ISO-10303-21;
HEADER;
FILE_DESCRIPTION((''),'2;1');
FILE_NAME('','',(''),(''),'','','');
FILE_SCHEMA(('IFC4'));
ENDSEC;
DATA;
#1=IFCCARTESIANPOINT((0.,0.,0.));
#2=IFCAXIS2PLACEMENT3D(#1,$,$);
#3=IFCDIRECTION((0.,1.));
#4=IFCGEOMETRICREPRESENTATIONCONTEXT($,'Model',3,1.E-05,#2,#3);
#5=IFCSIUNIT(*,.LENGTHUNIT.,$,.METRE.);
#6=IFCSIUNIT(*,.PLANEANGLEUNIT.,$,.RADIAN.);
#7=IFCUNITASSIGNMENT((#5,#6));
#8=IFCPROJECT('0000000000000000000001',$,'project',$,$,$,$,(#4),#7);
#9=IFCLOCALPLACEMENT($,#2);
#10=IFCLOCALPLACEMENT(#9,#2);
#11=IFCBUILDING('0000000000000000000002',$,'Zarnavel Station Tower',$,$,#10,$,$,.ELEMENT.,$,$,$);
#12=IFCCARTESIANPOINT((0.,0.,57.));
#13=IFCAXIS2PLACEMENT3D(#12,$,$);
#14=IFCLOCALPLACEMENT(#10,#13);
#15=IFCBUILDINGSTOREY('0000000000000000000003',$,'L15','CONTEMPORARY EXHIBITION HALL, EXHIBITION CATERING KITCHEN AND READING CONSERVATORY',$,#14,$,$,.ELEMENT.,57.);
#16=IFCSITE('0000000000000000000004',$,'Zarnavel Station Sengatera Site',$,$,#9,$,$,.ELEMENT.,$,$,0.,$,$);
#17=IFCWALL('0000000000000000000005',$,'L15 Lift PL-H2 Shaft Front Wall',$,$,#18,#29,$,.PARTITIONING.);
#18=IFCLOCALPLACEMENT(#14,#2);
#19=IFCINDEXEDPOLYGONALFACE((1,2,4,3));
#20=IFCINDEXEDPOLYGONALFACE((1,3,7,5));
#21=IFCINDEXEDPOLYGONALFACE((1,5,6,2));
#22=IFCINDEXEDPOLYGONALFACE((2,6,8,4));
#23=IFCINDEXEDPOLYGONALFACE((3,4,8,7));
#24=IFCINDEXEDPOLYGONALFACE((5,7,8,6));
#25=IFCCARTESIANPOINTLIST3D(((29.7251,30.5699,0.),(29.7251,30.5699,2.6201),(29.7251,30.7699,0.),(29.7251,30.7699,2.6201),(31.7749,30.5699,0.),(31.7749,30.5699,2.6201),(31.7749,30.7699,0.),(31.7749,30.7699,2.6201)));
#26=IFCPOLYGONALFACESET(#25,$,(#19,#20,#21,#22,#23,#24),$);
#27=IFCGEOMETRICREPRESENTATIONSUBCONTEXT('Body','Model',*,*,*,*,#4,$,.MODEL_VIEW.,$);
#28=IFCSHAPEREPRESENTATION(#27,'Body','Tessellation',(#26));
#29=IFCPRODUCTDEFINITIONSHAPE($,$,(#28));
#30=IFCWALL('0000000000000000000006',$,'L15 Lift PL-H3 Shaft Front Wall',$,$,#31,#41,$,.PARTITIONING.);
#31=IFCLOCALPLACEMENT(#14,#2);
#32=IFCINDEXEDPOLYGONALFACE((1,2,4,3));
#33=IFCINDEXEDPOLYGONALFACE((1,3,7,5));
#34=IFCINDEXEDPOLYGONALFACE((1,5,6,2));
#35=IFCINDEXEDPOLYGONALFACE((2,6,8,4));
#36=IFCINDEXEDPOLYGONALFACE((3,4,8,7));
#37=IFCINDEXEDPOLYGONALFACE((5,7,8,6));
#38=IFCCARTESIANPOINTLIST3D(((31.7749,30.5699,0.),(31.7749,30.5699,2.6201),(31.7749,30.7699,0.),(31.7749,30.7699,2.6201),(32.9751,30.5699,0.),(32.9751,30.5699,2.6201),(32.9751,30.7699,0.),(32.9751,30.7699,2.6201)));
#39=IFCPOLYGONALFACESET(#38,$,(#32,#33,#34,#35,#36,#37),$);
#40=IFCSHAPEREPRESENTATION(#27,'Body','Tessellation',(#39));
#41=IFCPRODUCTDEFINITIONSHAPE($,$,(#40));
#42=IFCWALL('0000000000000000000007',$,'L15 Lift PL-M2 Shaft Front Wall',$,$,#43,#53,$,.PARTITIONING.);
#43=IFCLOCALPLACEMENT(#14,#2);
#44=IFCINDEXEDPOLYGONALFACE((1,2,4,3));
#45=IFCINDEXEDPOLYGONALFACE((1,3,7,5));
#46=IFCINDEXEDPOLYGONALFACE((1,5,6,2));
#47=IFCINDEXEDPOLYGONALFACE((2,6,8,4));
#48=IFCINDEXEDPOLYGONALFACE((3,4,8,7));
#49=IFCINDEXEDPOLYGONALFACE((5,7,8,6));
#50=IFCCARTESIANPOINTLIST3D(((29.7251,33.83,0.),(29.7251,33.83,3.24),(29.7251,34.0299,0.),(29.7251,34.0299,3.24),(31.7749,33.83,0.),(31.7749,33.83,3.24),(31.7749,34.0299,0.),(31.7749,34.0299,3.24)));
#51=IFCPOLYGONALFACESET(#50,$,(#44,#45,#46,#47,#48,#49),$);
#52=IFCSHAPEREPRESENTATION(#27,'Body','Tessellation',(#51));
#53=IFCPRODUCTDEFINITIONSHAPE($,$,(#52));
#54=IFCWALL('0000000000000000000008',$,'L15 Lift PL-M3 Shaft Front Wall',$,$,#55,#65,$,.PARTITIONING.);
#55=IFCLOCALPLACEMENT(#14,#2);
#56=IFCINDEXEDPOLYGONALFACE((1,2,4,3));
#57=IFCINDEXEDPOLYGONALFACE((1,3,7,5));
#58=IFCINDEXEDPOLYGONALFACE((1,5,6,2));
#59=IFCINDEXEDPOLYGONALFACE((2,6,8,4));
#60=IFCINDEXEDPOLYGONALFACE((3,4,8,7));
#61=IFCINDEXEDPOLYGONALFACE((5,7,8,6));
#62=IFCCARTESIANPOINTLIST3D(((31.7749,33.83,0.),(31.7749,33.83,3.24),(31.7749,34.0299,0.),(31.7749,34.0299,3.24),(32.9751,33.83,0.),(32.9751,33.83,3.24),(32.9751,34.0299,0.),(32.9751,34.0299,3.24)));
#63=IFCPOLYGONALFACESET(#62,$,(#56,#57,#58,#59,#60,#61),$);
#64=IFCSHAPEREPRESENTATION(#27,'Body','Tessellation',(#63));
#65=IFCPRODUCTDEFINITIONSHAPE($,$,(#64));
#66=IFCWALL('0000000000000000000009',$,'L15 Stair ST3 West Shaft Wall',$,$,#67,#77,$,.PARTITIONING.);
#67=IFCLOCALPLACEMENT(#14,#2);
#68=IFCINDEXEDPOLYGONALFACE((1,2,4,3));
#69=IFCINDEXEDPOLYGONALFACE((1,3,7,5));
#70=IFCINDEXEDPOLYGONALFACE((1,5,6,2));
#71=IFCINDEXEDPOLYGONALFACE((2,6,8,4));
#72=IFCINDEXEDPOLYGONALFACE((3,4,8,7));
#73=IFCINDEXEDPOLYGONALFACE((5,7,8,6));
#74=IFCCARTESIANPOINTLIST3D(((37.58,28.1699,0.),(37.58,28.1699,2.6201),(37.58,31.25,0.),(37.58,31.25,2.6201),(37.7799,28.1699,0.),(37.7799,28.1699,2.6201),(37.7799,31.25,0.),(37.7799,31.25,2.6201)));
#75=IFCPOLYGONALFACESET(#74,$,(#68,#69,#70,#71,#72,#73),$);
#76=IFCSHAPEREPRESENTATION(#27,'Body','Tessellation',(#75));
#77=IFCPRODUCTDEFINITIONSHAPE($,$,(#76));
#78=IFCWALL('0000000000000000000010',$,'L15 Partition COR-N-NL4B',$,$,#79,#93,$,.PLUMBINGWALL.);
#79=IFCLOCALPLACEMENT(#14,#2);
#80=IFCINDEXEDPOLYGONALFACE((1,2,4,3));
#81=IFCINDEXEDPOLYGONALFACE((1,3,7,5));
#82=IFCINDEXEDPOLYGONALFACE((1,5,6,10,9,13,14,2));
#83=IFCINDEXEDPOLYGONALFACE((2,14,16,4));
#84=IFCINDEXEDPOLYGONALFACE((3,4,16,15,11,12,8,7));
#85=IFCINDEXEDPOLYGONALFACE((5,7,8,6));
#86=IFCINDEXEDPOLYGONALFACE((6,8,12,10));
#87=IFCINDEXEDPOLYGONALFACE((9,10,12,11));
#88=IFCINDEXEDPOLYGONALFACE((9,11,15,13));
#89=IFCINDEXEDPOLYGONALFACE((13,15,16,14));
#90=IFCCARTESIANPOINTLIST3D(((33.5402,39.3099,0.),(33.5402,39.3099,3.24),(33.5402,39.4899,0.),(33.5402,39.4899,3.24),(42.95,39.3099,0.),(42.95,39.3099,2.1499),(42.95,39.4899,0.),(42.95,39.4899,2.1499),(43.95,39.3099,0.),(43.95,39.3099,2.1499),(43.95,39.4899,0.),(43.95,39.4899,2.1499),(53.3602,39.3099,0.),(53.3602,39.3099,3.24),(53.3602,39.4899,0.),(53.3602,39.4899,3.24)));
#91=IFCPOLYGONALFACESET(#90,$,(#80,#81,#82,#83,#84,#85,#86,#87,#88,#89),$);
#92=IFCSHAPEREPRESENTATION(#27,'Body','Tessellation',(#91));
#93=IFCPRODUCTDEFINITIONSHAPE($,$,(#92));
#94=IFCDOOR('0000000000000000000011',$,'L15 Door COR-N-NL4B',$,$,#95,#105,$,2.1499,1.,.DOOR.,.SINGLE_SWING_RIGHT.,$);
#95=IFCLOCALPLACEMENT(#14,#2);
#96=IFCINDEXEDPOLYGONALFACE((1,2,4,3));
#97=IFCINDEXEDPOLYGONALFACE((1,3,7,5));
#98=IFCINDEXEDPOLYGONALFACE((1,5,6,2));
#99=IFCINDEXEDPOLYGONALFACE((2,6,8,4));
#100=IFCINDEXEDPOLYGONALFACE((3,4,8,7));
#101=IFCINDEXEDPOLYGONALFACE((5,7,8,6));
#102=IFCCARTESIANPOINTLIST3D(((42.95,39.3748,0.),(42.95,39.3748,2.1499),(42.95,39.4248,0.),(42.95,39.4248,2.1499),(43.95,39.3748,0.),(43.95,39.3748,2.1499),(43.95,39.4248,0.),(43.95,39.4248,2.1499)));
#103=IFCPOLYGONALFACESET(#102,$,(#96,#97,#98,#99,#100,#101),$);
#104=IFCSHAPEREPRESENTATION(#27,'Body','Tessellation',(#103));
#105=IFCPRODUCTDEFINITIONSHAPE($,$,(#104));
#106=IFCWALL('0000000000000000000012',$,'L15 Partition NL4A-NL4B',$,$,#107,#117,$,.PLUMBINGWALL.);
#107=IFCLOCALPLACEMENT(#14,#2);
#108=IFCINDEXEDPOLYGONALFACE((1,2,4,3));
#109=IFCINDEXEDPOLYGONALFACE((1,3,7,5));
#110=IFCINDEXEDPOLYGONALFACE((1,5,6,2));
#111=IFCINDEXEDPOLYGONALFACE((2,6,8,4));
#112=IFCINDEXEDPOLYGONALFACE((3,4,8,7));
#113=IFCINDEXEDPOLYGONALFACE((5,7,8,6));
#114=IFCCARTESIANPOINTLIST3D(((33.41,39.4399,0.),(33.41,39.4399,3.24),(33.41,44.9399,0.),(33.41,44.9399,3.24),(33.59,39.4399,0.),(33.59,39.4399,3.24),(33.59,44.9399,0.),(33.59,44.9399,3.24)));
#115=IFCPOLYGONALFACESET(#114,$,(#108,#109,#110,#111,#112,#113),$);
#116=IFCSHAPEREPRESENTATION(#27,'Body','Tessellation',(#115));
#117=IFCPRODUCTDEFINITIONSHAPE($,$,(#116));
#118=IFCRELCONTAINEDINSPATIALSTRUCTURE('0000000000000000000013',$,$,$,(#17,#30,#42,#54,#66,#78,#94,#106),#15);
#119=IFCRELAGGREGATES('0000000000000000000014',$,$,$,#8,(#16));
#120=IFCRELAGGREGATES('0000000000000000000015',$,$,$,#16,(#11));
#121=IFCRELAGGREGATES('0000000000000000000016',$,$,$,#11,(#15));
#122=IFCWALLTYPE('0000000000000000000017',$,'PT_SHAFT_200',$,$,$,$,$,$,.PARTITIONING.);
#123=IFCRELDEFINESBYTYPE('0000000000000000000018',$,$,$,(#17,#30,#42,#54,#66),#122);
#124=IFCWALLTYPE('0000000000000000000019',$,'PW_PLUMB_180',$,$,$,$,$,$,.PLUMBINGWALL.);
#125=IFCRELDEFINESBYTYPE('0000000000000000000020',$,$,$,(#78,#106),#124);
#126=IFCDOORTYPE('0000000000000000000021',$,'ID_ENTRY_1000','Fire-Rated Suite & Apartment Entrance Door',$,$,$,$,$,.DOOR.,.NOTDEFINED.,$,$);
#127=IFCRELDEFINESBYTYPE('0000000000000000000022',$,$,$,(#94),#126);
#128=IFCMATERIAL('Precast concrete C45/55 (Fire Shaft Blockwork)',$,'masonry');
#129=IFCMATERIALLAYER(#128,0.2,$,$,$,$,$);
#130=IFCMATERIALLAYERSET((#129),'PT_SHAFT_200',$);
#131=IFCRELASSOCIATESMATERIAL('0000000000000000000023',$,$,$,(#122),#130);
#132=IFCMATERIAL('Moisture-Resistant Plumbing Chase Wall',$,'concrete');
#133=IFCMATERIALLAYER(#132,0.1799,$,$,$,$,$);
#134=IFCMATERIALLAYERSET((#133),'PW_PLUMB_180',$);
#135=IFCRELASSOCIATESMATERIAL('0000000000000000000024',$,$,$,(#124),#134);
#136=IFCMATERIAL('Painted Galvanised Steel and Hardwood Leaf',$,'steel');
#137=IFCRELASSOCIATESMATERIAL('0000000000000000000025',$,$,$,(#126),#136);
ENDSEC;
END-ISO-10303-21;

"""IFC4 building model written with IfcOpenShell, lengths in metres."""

from ifc_helpers import new_model, si_unit, direction, frame, frame_2d, origin, place, context, subcontext, project, spatial, rectangle, extrude, material, layer, layer_set, type_object, element, fill, save


model = new_model("IFC4")

# Units and contexts
model_context = context("Model", 3, precision=1e-05, world=origin(), true_north=direction((0.0, 1.0)))
body_context = subcontext(model_context, "Body", "Model", "MODEL_VIEW")
ifc_project = project(units=[si_unit("LENGTHUNIT", "METRE"), si_unit("PLANEANGLEUNIT", "RADIAN")], contexts=[model_context])

# Site, building, storey
site_placement = place(None, origin())
site = spatial("IfcSite", under=ifc_project, at=site_placement, Name="Zarnavel Station Sengatera Site", CompositionType="ELEMENT", RefElevation=0.0)
building_placement = place(site_placement, origin())
building = spatial("IfcBuilding", under=site, at=building_placement, Name="Zarnavel Station Tower", CompositionType="ELEMENT")
storey_placement = place(building_placement, frame((0.0, 0.0, 57.0)))
storey = spatial("IfcBuildingStorey", under=building, at=storey_placement, Name="L15", Description="CONTEMPORARY EXHIBITION HALL, EXHIBITION CATERING KITCHEN AND READING CONSERVATORY", CompositionType="ELEMENT", Elevation=57.0)

# Shared definitions
ifc_material_1 = material(Name="Precast concrete C45/55 (Fire Shaft Blockwork)", Category="masonry")
ifc_layer_1 = layer(ifc_material_1, 0.2)
ifc_layer_set_1 = layer_set([ifc_layer_1], Name="PT_SHAFT_200")
wall_type_1 = type_object("IfcWallType", Name="PT_SHAFT_200", PredefinedType="PARTITIONING", material=ifc_layer_set_1)

# Walls
wall_1_placement = place(storey_placement, frame((29.7251, 30.6699, 0.0), z_axis=(0.0, 0.0, 1.0), x_axis=(1.0, 0.0, 0.0)))
element("IfcWall", 1, at=wall_1_placement, inside=storey, type_object=wall_type_1, Name="L15 Lift PL-H2 Shaft Front Wall", PredefinedType="PARTITIONING", context=body_context, shape_type="SweptSolid", body=[
    extrude(rectangle(XDim=2.0498, YDim=0.2, at=frame_2d((1.0249, 0.0))), origin(), (0.0, 0.0, 1.0), 2.6201),
])
wall_2_placement = place(storey_placement, frame((31.7749, 30.6699, 0.0), z_axis=(0.0, 0.0, 1.0), x_axis=(1.0, 0.0, 0.0)))
element("IfcWall", 2, at=wall_2_placement, inside=storey, type_object=wall_type_1, Name="L15 Lift PL-H3 Shaft Front Wall", PredefinedType="PARTITIONING", context=body_context, shape_type="SweptSolid", body=[
    extrude(rectangle(XDim=1.2002, YDim=0.2, at=frame_2d((0.6001, 0.0))), origin(), (0.0, 0.0, 1.0), 2.6201),
])
wall_3_placement = place(storey_placement, frame((29.7251, 33.9299, 0.0), z_axis=(0.0, 0.0, 1.0), x_axis=(1.0, 0.0, 0.0)))
element("IfcWall", 3, at=wall_3_placement, inside=storey, type_object=wall_type_1, Name="L15 Lift PL-M2 Shaft Front Wall", PredefinedType="PARTITIONING", context=body_context, shape_type="SweptSolid", body=[
    extrude(rectangle(XDim=2.0498, YDim=0.2, at=frame_2d((1.0249, 0.0))), origin(), (0.0, 0.0, 1.0), 3.24),
])
wall_4_placement = place(storey_placement, frame((31.7749, 33.9299, 0.0), z_axis=(0.0, 0.0, 1.0), x_axis=(1.0, 0.0, 0.0)))
element("IfcWall", 4, at=wall_4_placement, inside=storey, type_object=wall_type_1, Name="L15 Lift PL-M3 Shaft Front Wall", PredefinedType="PARTITIONING", context=body_context, shape_type="SweptSolid", body=[
    extrude(rectangle(XDim=1.2002, YDim=0.2, at=frame_2d((0.6001, 0.0))), origin(), (0.0, 0.0, 1.0), 3.24),
])
wall_5_placement = place(storey_placement, frame((37.6799, 28.1699, 0.0), z_axis=(0.0, 0.0, 1.0), x_axis=(0.0, 1.0, 0.0)))
element("IfcWall", 5, at=wall_5_placement, inside=storey, type_object=wall_type_1, Name="L15 Stair ST3 West Shaft Wall", PredefinedType="PARTITIONING", context=body_context, shape_type="SweptSolid", body=[
    extrude(rectangle(XDim=3.0801, YDim=0.2, at=frame_2d((1.54, 0.0))), origin(), (0.0, 0.0, 1.0), 2.6201),
])

# Wall, opening, door
ifc_material_2 = material(Name="Moisture-Resistant Plumbing Chase Wall", Category="concrete")
ifc_layer_2 = layer(ifc_material_2, 0.1799)
ifc_layer_set_2 = layer_set([ifc_layer_2], Name="PW_PLUMB_180")
wall_type_2 = type_object("IfcWallType", Name="PW_PLUMB_180", PredefinedType="PLUMBINGWALL", material=ifc_layer_set_2)
wall_6_placement = place(storey_placement, frame((33.54, 39.3999, 0.0), z_axis=(0.0, 0.0, 1.0), x_axis=(1.0, 0.0, 0.0)))
wall_6 = element("IfcWall", 6, at=wall_6_placement, inside=storey, type_object=wall_type_2, Name="L15 Partition COR-N-NL4B", PredefinedType="PLUMBINGWALL", context=body_context, shape_type="SweptSolid", body=[
    extrude(rectangle(XDim=19.8201, YDim=0.1799, at=frame_2d((9.9102, 0.0))), origin(), (0.0, 0.0, 1.0), 3.24),
])
opening_1_placement = place(wall_6_placement, frame((9.4099, 0.0, 0.0)))
opening_1 = element("IfcOpeningElement", 7, at=opening_1_placement, cuts=wall_6, PredefinedType="OPENING", context=body_context, shape_type="SweptSolid", body=[
    extrude(rectangle(XDim=1.0, YDim=2.1499, at=frame_2d((0.5, 1.075))), frame((0.0, 0.0999, 0.0), z_axis=(0.0, -1.0, 0.0), x_axis=(1.0, 0.0, 0.0)), (0.0, 0.0, 1.0), 0.2),
])
ifc_material_3 = material(Name="Painted Galvanised Steel and Hardwood Leaf", Category="steel")
door_type_1 = type_object("IfcDoorType", Name="ID_ENTRY_1000", Description="Fire-Rated Suite & Apartment Entrance Door", OperationType="NOTDEFINED", PredefinedType="DOOR", material=ifc_material_3)
door_1_placement = place(opening_1_placement, origin())
door_1 = element("IfcDoor", 8, at=door_1_placement, inside=storey, type_object=door_type_1, Name="L15 Door COR-N-NL4B", OperationType="SINGLE_SWING_RIGHT", OverallHeight=2.1499, OverallWidth=1.0, PredefinedType="DOOR", context=body_context, shape_type="SweptSolid", body=[
    extrude(rectangle(XDim=1.0, YDim=2.1499, at=frame_2d((0.5, 1.075))), frame((0.0, 0.0249, 0.0), z_axis=(0.0, -1.0, 0.0), x_axis=(1.0, 0.0, 0.0)), (0.0, 0.0, 1.0), 0.05),
])
fill(opening_1, door_1)

# Wall
wall_7_placement = place(storey_placement, frame((33.5, 39.4399, 0.0), z_axis=(0.0, 0.0, 1.0), x_axis=(0.0, 1.0, 0.0)))
element("IfcWall", 9, at=wall_7_placement, inside=storey, type_object=wall_type_2, Name="L15 Partition NL4A-NL4B", PredefinedType="PLUMBINGWALL", context=body_context, shape_type="SweptSolid", body=[
    extrude(rectangle(XDim=5.5, YDim=0.1799, at=frame_2d((2.75, 0.0))), origin(), (0.0, 0.0, 1.0), 3.24),
])

save(model, "model.ifc")
